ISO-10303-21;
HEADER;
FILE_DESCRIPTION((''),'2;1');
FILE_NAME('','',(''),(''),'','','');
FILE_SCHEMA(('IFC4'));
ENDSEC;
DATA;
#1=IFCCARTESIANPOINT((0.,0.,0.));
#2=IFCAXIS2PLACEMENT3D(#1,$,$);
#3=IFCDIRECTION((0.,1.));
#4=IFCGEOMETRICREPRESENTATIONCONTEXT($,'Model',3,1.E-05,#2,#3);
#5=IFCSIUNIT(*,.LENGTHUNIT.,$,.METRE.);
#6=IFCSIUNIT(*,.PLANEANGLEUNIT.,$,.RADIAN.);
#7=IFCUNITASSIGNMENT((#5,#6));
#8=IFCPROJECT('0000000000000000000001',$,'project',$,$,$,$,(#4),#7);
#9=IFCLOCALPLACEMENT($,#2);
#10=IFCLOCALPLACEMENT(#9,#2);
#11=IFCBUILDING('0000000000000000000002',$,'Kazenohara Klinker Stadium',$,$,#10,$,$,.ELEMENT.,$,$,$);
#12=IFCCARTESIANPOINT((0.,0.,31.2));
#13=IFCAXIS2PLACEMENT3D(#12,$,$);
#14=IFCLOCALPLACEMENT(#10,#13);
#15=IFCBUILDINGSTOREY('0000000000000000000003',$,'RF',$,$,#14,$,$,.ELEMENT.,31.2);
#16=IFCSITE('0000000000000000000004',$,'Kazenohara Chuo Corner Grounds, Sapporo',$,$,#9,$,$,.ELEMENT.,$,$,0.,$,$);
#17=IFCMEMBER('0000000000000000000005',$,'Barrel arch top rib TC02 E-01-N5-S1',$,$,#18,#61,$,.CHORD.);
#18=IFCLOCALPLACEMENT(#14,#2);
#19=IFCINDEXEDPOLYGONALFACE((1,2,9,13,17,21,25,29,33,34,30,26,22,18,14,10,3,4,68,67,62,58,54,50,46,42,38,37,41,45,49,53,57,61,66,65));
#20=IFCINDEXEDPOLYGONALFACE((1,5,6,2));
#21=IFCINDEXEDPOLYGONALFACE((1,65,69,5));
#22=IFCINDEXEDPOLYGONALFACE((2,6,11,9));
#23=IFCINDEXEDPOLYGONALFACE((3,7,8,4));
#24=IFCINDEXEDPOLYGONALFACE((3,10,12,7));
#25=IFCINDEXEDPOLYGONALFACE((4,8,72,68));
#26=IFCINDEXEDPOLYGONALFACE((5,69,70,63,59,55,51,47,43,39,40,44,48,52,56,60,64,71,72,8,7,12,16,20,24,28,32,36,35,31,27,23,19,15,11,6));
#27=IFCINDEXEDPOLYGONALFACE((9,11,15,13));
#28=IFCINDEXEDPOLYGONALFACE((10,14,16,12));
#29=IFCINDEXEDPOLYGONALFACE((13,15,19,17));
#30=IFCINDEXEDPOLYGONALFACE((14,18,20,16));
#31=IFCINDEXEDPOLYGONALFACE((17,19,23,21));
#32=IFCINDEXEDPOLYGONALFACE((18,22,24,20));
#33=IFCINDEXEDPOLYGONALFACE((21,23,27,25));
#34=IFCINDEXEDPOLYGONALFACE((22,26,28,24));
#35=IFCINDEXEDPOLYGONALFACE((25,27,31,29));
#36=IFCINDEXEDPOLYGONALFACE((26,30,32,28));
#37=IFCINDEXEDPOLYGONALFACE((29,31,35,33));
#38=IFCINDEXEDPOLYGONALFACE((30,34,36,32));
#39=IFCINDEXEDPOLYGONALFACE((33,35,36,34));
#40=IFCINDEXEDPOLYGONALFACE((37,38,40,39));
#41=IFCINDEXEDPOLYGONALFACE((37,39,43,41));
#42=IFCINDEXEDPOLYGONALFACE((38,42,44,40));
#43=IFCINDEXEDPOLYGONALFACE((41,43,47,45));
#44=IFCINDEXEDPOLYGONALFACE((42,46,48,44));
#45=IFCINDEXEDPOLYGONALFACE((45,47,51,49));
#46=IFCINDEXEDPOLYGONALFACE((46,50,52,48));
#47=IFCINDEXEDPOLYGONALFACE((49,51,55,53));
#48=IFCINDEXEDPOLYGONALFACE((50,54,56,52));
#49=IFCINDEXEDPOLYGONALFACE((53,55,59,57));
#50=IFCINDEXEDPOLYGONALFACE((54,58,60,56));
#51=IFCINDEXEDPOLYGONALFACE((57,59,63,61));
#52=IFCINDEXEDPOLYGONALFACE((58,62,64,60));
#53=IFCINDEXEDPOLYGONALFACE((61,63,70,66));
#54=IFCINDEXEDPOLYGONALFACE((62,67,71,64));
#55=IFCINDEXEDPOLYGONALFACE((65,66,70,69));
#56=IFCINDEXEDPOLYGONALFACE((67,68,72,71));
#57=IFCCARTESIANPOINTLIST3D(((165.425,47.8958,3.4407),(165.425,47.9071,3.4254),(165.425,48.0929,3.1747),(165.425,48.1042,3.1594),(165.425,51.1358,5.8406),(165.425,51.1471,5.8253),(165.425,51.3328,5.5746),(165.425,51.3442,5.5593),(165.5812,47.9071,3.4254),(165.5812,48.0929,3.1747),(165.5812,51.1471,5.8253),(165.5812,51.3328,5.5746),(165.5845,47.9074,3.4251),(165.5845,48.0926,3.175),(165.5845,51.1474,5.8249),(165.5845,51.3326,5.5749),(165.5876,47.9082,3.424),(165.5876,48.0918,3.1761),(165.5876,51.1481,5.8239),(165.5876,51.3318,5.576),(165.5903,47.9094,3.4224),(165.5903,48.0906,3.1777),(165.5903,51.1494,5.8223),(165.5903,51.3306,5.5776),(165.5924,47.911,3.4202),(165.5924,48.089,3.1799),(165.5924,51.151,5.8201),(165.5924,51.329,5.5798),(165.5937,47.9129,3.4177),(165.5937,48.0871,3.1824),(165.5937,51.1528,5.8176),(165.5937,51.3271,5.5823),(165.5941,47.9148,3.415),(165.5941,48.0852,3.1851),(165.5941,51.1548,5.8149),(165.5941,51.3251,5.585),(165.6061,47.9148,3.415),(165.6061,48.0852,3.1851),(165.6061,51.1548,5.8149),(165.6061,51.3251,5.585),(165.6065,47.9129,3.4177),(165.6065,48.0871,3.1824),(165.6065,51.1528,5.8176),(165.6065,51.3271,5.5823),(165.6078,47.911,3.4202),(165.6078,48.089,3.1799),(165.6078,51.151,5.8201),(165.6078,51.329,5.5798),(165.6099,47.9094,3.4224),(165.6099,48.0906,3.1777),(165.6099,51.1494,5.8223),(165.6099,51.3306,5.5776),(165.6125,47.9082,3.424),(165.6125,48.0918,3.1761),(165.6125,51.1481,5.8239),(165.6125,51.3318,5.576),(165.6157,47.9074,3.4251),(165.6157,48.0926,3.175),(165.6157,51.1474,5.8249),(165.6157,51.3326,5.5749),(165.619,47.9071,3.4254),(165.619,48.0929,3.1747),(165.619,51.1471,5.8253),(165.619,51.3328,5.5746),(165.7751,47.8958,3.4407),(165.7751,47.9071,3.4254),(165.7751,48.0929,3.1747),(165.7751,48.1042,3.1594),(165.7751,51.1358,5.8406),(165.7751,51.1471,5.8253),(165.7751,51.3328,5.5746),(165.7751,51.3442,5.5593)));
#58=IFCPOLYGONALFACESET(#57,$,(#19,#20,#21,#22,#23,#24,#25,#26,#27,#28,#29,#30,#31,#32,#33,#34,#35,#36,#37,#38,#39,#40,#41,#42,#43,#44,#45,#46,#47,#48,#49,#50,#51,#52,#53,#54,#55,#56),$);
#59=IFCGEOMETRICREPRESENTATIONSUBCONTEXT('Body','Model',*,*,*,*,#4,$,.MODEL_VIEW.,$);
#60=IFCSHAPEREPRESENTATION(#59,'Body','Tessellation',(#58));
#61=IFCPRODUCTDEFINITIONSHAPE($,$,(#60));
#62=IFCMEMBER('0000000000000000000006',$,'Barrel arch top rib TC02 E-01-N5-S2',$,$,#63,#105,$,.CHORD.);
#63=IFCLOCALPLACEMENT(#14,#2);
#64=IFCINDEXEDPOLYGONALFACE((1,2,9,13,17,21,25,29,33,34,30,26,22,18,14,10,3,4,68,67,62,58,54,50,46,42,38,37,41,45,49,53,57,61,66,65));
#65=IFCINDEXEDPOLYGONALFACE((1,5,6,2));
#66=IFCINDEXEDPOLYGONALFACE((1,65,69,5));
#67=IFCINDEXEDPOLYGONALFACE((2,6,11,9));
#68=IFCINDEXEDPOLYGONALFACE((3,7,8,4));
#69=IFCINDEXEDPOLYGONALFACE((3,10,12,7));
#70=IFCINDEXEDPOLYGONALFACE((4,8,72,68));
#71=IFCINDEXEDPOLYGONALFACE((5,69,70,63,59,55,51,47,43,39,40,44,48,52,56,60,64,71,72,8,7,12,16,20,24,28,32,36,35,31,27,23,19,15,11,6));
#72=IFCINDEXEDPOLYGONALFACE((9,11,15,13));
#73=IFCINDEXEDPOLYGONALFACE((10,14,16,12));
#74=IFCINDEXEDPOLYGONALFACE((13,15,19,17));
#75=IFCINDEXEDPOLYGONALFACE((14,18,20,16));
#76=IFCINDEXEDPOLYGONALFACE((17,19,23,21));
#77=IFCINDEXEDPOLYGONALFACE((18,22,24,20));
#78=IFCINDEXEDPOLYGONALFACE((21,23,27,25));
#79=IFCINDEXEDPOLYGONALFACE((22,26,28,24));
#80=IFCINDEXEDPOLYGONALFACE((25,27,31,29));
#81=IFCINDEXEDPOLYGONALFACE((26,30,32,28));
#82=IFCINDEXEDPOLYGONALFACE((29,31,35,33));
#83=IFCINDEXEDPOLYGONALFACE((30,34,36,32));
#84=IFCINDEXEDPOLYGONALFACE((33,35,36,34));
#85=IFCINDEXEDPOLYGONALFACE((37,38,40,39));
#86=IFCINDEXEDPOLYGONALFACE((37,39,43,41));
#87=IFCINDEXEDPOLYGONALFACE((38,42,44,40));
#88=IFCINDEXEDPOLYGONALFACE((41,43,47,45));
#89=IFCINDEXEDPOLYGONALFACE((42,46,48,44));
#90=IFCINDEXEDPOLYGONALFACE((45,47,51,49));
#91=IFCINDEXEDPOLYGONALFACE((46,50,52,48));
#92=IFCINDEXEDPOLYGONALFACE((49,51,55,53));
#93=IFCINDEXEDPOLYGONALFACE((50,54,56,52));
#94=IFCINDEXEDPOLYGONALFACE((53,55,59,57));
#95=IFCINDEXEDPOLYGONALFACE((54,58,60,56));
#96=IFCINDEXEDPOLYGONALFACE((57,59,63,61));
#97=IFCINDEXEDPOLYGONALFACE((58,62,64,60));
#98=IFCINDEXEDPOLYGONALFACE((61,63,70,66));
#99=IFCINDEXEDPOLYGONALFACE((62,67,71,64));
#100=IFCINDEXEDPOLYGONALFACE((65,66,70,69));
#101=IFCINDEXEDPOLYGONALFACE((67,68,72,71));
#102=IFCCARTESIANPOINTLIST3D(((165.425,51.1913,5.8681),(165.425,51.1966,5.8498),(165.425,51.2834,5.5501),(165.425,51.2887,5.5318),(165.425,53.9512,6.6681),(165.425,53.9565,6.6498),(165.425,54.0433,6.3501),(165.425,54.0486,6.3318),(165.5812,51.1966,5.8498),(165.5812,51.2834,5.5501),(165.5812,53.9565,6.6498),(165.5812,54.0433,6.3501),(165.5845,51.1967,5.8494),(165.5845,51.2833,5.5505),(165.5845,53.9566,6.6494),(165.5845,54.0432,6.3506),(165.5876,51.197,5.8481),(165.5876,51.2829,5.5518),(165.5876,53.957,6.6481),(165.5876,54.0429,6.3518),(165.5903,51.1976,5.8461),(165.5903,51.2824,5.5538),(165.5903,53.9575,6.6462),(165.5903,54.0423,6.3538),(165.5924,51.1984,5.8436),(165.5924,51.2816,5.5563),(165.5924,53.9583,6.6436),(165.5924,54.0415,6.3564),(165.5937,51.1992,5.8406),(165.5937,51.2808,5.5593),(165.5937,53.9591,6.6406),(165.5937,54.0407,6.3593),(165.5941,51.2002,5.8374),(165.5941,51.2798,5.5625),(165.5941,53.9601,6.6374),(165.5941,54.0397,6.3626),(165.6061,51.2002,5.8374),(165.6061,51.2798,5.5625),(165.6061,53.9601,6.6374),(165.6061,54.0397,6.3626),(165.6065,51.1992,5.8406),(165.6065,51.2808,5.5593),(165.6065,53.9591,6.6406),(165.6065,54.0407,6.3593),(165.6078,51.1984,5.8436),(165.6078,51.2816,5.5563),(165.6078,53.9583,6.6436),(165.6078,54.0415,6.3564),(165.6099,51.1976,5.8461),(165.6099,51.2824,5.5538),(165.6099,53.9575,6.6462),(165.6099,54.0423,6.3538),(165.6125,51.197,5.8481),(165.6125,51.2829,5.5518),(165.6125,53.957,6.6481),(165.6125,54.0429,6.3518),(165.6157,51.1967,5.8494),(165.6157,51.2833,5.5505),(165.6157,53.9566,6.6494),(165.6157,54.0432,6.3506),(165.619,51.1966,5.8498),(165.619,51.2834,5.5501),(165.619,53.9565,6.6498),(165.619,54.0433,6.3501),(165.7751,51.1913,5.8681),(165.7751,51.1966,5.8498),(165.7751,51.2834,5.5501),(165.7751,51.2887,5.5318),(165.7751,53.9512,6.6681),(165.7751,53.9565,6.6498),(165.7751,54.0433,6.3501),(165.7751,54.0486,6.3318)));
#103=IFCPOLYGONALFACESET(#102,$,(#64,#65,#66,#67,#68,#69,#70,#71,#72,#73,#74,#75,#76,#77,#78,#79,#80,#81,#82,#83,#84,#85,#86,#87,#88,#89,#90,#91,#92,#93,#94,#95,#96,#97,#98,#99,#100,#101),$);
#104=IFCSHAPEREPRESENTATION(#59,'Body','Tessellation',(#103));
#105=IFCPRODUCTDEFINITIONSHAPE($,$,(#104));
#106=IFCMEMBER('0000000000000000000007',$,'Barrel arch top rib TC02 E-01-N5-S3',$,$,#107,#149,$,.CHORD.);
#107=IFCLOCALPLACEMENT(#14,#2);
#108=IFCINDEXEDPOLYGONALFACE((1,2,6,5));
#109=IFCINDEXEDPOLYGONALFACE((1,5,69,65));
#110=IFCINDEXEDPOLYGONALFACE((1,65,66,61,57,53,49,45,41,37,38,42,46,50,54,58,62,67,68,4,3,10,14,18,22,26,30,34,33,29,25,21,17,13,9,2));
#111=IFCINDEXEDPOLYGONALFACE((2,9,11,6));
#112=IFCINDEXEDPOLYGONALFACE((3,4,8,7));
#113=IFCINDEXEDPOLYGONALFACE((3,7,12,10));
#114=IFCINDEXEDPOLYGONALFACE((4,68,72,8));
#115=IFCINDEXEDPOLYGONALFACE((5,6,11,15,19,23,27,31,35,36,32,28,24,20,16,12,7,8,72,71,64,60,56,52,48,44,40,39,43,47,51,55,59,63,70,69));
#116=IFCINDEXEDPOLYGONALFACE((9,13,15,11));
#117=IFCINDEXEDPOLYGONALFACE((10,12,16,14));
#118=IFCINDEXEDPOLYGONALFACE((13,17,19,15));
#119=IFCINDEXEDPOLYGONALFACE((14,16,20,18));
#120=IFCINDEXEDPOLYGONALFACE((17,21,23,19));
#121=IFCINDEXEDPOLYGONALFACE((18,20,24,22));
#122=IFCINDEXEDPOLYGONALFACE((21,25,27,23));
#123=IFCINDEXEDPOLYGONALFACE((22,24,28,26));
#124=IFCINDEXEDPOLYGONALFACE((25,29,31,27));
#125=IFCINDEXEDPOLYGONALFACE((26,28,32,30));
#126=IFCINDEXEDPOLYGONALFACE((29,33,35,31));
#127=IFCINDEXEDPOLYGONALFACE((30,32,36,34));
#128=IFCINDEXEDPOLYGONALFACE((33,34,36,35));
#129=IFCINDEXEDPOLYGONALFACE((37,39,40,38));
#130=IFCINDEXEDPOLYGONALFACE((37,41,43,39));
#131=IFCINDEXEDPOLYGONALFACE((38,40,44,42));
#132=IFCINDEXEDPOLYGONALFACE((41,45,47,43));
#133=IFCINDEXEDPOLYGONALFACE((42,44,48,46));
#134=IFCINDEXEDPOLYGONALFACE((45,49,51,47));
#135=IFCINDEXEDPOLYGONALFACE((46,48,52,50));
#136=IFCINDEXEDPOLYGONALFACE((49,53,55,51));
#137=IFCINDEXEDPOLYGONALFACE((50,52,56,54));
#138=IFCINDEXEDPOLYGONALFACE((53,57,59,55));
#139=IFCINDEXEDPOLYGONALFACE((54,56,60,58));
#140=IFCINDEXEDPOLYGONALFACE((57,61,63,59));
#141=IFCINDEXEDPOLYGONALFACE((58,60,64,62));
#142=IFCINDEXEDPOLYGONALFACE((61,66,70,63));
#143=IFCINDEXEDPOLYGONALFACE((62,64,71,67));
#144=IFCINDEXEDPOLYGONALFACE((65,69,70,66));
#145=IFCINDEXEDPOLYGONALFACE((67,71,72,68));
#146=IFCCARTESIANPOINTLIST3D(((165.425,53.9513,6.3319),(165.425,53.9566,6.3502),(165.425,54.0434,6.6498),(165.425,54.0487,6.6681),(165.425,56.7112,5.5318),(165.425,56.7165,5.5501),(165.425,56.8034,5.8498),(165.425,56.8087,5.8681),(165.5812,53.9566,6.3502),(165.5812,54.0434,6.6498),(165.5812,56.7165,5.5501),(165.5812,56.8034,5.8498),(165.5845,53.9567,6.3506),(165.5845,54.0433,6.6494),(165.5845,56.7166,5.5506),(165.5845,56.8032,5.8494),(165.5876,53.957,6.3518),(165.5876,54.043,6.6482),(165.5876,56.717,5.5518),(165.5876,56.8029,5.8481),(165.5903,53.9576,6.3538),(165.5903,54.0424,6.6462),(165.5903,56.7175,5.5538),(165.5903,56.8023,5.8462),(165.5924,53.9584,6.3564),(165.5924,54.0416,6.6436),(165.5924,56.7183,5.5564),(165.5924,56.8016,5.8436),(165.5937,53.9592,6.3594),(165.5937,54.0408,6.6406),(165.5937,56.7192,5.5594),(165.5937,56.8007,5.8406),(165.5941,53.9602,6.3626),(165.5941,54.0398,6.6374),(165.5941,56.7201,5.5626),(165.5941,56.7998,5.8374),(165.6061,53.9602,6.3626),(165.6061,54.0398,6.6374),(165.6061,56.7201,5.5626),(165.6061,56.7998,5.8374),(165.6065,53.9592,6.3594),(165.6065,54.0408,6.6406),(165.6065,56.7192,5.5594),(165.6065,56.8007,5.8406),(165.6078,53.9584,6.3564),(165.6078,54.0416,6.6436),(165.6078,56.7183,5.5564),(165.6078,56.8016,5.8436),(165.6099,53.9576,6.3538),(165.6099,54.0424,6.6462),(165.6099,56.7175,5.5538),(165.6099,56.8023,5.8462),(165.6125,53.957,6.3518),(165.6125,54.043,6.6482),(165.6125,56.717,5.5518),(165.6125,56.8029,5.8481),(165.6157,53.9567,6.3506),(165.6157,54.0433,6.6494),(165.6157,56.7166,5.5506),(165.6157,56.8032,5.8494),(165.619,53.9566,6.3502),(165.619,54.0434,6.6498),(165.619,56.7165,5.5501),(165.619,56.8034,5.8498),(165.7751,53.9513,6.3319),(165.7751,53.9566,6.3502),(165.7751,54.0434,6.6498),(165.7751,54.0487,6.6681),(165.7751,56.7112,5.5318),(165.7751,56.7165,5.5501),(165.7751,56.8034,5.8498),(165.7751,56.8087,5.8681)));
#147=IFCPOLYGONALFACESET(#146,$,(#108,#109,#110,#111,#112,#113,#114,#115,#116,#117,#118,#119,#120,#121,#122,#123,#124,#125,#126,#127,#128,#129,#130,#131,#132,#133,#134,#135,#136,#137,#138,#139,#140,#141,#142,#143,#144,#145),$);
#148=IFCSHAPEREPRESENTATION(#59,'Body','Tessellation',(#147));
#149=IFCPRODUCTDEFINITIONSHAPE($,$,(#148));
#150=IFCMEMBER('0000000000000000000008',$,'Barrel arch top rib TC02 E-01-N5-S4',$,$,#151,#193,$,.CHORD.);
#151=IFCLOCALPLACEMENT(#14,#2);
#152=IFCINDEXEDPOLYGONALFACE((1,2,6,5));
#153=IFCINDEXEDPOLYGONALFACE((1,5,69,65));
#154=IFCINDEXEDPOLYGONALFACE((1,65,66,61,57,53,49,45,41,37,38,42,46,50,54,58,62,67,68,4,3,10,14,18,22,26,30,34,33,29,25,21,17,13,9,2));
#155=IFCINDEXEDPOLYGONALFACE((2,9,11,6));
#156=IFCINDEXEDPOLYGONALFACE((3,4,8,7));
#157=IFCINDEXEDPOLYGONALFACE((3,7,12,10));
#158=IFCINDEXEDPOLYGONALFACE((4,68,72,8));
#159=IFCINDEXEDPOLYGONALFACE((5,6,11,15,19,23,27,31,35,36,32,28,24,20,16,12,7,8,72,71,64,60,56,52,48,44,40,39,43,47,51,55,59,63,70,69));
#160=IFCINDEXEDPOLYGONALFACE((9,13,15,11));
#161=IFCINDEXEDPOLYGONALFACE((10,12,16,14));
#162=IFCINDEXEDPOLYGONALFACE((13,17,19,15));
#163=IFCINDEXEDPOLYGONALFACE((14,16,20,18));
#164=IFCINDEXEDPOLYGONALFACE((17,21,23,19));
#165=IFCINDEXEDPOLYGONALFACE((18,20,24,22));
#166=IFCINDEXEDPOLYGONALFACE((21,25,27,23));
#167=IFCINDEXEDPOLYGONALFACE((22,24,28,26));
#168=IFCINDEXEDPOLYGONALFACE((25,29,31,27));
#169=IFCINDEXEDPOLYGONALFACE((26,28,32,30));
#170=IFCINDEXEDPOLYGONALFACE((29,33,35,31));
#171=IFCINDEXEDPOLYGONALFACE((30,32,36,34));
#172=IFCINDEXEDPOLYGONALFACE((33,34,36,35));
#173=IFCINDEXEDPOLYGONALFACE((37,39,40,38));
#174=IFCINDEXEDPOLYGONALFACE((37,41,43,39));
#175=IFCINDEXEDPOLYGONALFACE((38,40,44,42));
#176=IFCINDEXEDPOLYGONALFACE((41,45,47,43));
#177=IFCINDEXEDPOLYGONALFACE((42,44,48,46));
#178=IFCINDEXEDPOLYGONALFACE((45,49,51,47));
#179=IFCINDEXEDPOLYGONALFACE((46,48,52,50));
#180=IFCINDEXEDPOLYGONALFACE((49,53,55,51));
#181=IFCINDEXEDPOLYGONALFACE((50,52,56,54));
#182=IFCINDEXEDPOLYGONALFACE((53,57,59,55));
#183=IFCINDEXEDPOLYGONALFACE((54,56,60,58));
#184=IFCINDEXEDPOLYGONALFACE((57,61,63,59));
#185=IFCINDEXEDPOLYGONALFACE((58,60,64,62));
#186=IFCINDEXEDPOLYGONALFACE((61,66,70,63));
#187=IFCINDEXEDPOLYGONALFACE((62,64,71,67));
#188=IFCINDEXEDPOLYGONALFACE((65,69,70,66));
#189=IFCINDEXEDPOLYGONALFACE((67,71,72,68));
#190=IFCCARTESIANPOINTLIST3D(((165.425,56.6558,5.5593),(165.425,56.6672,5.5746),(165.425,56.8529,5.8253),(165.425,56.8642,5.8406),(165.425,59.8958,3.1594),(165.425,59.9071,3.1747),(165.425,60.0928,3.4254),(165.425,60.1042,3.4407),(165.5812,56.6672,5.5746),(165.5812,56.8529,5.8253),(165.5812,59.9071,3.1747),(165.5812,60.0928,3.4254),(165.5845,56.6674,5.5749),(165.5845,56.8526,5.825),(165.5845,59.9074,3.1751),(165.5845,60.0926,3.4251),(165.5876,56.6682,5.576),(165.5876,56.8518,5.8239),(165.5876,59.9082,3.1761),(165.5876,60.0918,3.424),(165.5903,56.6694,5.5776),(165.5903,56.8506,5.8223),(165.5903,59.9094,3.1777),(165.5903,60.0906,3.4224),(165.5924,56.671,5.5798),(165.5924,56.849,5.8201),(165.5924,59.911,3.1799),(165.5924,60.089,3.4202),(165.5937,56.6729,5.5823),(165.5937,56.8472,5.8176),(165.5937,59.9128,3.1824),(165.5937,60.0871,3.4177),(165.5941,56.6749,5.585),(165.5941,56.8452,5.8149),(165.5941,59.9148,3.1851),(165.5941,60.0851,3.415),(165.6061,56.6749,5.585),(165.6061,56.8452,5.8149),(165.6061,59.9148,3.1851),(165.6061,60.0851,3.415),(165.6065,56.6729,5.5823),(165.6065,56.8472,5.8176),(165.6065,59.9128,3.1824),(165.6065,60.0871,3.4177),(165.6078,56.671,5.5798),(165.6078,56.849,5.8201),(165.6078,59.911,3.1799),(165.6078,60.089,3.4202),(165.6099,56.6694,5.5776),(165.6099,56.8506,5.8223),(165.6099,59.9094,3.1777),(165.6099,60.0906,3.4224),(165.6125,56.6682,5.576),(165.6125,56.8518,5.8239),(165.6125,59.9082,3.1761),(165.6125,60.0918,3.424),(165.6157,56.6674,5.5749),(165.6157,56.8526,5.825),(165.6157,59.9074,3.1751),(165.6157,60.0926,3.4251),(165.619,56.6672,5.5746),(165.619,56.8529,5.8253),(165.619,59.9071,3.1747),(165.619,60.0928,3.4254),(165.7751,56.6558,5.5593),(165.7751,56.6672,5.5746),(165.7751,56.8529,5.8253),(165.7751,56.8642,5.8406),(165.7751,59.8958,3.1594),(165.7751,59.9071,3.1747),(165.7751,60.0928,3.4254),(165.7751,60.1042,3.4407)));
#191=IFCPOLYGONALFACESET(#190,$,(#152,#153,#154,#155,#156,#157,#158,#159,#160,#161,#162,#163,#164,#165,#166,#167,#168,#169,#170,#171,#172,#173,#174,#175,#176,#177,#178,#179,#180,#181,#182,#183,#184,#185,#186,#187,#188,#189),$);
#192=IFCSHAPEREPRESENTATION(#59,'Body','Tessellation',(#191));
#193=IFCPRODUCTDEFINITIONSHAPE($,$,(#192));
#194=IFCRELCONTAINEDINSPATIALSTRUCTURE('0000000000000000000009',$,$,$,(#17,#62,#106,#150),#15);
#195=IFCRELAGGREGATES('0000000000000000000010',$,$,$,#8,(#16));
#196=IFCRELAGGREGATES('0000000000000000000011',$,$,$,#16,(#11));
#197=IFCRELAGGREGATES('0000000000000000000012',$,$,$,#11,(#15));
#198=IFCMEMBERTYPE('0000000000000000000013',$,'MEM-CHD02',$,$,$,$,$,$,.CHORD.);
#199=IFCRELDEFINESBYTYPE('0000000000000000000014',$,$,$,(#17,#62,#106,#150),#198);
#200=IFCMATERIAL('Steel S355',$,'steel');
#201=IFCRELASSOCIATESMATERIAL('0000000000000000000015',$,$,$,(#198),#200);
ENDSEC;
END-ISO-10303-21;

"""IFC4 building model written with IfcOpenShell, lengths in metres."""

from ifc_helpers import new_model, si_unit, direction, frame, origin, origin_2d, place, context, subcontext, project, spatial, i_section, extrude, material, material_profile, profile_set, type_object, element, save


model = new_model("IFC4")

# Units and contexts
model_context = context("Model", 3, precision=1e-05, world=origin(), true_north=direction((0.0, 1.0)))
body_context = subcontext(model_context, "Body", "Model", "MODEL_VIEW")
ifc_project = project(units=[si_unit("LENGTHUNIT", "METRE"), si_unit("PLANEANGLEUNIT", "RADIAN")], contexts=[model_context])

# Site, building, storey
site_placement = place(None, origin())
site = spatial("IfcSite", under=ifc_project, at=site_placement, Name="Kazenohara Chuo Corner Grounds, Sapporo", CompositionType="ELEMENT", RefElevation=0.0)
building_placement = place(site_placement, origin())
building = spatial("IfcBuilding", under=site, at=building_placement, Name="Kazenohara Klinker Stadium", CompositionType="ELEMENT")
storey_placement = place(building_placement, frame((0.0, 0.0, 31.2)))
storey = spatial("IfcBuildingStorey", under=building, at=storey_placement, Name="RF", CompositionType="ELEMENT", Elevation=31.2)

# Members
ifc_material = material(Name="Steel S355", Category="steel")
ifc_material_profile_1 = material_profile(ifc_material, i_section(OverallWidth=0.3501, OverallDepth=0.3501, WebThickness=0.012, FlangeThickness=0.019, FilletRadius=0.0129, at=origin_2d()), Name="H-350x350x12x19")
ifc_profile_set_1 = profile_set([ifc_material_profile_1], Name="Steel S355")
member_type_1 = type_object("IfcMemberType", Name="MEM-CHD02", PredefinedType="CHORD", material=ifc_profile_set_1)
member_1_placement = place(storey_placement, frame((165.6001, 48.0, 3.3), z_axis=(0.0, 0.803568, 0.595213), x_axis=(-1.0, 0.0, 0.0)))
element("IfcMember", 1, at=member_1_placement, inside=storey, type_object=member_type_1, Name="Barrel arch top rib TC02 E-01-N5-S1", PredefinedType="CHORD", context=body_context, shape_type="SweptSolid", body=[
    extrude(i_section(OverallWidth=0.3501, OverallDepth=0.3501, WebThickness=0.012, FlangeThickness=0.019, FilletRadius=0.0129, at=origin_2d()), origin(), (0.0, 0.0, 1.0), 4.032),
])
for number, where, z_axis, x_axis, name in (
    (2, (165.6001, 51.24, 5.7), (0.0, 0.960462, 0.278411), (-1.0, 0.0, 0.0), "Barrel arch top rib TC02 E-01-N5-S2"),
    (3, (165.6001, 54.0, 6.5), (0.0, 0.960462, -0.278411), (-1.0, 0.0, 0.0), "Barrel arch top rib TC02 E-01-N5-S3"),
):
    element("IfcMember", number, at=place(storey_placement, frame(where, z_axis=z_axis, x_axis=x_axis)), inside=storey, type_object=member_type_1, Name=name, PredefinedType="CHORD", context=body_context, shape_type="SweptSolid", body=[
        extrude(i_section(OverallWidth=0.3501, OverallDepth=0.3501, WebThickness=0.012, FlangeThickness=0.019, FilletRadius=0.0129, at=origin_2d()), origin(), (0.0, 0.0, 1.0), 2.8735),
    ])
member_2_placement = place(storey_placement, frame((165.6001, 56.76, 5.7), z_axis=(0.0, 0.803568, -0.595213), x_axis=(-1.0, 0.0, 0.0)))
element("IfcMember", 4, at=member_2_placement, inside=storey, type_object=member_type_1, Name="Barrel arch top rib TC02 E-01-N5-S4", PredefinedType="CHORD", context=body_context, shape_type="SweptSolid", body=[
    extrude(i_section(OverallWidth=0.3501, OverallDepth=0.3501, WebThickness=0.012, FlangeThickness=0.019, FilletRadius=0.0129, at=origin_2d()), origin(), (0.0, 0.0, 1.0), 4.032),
])

save(model, "model.ifc")
